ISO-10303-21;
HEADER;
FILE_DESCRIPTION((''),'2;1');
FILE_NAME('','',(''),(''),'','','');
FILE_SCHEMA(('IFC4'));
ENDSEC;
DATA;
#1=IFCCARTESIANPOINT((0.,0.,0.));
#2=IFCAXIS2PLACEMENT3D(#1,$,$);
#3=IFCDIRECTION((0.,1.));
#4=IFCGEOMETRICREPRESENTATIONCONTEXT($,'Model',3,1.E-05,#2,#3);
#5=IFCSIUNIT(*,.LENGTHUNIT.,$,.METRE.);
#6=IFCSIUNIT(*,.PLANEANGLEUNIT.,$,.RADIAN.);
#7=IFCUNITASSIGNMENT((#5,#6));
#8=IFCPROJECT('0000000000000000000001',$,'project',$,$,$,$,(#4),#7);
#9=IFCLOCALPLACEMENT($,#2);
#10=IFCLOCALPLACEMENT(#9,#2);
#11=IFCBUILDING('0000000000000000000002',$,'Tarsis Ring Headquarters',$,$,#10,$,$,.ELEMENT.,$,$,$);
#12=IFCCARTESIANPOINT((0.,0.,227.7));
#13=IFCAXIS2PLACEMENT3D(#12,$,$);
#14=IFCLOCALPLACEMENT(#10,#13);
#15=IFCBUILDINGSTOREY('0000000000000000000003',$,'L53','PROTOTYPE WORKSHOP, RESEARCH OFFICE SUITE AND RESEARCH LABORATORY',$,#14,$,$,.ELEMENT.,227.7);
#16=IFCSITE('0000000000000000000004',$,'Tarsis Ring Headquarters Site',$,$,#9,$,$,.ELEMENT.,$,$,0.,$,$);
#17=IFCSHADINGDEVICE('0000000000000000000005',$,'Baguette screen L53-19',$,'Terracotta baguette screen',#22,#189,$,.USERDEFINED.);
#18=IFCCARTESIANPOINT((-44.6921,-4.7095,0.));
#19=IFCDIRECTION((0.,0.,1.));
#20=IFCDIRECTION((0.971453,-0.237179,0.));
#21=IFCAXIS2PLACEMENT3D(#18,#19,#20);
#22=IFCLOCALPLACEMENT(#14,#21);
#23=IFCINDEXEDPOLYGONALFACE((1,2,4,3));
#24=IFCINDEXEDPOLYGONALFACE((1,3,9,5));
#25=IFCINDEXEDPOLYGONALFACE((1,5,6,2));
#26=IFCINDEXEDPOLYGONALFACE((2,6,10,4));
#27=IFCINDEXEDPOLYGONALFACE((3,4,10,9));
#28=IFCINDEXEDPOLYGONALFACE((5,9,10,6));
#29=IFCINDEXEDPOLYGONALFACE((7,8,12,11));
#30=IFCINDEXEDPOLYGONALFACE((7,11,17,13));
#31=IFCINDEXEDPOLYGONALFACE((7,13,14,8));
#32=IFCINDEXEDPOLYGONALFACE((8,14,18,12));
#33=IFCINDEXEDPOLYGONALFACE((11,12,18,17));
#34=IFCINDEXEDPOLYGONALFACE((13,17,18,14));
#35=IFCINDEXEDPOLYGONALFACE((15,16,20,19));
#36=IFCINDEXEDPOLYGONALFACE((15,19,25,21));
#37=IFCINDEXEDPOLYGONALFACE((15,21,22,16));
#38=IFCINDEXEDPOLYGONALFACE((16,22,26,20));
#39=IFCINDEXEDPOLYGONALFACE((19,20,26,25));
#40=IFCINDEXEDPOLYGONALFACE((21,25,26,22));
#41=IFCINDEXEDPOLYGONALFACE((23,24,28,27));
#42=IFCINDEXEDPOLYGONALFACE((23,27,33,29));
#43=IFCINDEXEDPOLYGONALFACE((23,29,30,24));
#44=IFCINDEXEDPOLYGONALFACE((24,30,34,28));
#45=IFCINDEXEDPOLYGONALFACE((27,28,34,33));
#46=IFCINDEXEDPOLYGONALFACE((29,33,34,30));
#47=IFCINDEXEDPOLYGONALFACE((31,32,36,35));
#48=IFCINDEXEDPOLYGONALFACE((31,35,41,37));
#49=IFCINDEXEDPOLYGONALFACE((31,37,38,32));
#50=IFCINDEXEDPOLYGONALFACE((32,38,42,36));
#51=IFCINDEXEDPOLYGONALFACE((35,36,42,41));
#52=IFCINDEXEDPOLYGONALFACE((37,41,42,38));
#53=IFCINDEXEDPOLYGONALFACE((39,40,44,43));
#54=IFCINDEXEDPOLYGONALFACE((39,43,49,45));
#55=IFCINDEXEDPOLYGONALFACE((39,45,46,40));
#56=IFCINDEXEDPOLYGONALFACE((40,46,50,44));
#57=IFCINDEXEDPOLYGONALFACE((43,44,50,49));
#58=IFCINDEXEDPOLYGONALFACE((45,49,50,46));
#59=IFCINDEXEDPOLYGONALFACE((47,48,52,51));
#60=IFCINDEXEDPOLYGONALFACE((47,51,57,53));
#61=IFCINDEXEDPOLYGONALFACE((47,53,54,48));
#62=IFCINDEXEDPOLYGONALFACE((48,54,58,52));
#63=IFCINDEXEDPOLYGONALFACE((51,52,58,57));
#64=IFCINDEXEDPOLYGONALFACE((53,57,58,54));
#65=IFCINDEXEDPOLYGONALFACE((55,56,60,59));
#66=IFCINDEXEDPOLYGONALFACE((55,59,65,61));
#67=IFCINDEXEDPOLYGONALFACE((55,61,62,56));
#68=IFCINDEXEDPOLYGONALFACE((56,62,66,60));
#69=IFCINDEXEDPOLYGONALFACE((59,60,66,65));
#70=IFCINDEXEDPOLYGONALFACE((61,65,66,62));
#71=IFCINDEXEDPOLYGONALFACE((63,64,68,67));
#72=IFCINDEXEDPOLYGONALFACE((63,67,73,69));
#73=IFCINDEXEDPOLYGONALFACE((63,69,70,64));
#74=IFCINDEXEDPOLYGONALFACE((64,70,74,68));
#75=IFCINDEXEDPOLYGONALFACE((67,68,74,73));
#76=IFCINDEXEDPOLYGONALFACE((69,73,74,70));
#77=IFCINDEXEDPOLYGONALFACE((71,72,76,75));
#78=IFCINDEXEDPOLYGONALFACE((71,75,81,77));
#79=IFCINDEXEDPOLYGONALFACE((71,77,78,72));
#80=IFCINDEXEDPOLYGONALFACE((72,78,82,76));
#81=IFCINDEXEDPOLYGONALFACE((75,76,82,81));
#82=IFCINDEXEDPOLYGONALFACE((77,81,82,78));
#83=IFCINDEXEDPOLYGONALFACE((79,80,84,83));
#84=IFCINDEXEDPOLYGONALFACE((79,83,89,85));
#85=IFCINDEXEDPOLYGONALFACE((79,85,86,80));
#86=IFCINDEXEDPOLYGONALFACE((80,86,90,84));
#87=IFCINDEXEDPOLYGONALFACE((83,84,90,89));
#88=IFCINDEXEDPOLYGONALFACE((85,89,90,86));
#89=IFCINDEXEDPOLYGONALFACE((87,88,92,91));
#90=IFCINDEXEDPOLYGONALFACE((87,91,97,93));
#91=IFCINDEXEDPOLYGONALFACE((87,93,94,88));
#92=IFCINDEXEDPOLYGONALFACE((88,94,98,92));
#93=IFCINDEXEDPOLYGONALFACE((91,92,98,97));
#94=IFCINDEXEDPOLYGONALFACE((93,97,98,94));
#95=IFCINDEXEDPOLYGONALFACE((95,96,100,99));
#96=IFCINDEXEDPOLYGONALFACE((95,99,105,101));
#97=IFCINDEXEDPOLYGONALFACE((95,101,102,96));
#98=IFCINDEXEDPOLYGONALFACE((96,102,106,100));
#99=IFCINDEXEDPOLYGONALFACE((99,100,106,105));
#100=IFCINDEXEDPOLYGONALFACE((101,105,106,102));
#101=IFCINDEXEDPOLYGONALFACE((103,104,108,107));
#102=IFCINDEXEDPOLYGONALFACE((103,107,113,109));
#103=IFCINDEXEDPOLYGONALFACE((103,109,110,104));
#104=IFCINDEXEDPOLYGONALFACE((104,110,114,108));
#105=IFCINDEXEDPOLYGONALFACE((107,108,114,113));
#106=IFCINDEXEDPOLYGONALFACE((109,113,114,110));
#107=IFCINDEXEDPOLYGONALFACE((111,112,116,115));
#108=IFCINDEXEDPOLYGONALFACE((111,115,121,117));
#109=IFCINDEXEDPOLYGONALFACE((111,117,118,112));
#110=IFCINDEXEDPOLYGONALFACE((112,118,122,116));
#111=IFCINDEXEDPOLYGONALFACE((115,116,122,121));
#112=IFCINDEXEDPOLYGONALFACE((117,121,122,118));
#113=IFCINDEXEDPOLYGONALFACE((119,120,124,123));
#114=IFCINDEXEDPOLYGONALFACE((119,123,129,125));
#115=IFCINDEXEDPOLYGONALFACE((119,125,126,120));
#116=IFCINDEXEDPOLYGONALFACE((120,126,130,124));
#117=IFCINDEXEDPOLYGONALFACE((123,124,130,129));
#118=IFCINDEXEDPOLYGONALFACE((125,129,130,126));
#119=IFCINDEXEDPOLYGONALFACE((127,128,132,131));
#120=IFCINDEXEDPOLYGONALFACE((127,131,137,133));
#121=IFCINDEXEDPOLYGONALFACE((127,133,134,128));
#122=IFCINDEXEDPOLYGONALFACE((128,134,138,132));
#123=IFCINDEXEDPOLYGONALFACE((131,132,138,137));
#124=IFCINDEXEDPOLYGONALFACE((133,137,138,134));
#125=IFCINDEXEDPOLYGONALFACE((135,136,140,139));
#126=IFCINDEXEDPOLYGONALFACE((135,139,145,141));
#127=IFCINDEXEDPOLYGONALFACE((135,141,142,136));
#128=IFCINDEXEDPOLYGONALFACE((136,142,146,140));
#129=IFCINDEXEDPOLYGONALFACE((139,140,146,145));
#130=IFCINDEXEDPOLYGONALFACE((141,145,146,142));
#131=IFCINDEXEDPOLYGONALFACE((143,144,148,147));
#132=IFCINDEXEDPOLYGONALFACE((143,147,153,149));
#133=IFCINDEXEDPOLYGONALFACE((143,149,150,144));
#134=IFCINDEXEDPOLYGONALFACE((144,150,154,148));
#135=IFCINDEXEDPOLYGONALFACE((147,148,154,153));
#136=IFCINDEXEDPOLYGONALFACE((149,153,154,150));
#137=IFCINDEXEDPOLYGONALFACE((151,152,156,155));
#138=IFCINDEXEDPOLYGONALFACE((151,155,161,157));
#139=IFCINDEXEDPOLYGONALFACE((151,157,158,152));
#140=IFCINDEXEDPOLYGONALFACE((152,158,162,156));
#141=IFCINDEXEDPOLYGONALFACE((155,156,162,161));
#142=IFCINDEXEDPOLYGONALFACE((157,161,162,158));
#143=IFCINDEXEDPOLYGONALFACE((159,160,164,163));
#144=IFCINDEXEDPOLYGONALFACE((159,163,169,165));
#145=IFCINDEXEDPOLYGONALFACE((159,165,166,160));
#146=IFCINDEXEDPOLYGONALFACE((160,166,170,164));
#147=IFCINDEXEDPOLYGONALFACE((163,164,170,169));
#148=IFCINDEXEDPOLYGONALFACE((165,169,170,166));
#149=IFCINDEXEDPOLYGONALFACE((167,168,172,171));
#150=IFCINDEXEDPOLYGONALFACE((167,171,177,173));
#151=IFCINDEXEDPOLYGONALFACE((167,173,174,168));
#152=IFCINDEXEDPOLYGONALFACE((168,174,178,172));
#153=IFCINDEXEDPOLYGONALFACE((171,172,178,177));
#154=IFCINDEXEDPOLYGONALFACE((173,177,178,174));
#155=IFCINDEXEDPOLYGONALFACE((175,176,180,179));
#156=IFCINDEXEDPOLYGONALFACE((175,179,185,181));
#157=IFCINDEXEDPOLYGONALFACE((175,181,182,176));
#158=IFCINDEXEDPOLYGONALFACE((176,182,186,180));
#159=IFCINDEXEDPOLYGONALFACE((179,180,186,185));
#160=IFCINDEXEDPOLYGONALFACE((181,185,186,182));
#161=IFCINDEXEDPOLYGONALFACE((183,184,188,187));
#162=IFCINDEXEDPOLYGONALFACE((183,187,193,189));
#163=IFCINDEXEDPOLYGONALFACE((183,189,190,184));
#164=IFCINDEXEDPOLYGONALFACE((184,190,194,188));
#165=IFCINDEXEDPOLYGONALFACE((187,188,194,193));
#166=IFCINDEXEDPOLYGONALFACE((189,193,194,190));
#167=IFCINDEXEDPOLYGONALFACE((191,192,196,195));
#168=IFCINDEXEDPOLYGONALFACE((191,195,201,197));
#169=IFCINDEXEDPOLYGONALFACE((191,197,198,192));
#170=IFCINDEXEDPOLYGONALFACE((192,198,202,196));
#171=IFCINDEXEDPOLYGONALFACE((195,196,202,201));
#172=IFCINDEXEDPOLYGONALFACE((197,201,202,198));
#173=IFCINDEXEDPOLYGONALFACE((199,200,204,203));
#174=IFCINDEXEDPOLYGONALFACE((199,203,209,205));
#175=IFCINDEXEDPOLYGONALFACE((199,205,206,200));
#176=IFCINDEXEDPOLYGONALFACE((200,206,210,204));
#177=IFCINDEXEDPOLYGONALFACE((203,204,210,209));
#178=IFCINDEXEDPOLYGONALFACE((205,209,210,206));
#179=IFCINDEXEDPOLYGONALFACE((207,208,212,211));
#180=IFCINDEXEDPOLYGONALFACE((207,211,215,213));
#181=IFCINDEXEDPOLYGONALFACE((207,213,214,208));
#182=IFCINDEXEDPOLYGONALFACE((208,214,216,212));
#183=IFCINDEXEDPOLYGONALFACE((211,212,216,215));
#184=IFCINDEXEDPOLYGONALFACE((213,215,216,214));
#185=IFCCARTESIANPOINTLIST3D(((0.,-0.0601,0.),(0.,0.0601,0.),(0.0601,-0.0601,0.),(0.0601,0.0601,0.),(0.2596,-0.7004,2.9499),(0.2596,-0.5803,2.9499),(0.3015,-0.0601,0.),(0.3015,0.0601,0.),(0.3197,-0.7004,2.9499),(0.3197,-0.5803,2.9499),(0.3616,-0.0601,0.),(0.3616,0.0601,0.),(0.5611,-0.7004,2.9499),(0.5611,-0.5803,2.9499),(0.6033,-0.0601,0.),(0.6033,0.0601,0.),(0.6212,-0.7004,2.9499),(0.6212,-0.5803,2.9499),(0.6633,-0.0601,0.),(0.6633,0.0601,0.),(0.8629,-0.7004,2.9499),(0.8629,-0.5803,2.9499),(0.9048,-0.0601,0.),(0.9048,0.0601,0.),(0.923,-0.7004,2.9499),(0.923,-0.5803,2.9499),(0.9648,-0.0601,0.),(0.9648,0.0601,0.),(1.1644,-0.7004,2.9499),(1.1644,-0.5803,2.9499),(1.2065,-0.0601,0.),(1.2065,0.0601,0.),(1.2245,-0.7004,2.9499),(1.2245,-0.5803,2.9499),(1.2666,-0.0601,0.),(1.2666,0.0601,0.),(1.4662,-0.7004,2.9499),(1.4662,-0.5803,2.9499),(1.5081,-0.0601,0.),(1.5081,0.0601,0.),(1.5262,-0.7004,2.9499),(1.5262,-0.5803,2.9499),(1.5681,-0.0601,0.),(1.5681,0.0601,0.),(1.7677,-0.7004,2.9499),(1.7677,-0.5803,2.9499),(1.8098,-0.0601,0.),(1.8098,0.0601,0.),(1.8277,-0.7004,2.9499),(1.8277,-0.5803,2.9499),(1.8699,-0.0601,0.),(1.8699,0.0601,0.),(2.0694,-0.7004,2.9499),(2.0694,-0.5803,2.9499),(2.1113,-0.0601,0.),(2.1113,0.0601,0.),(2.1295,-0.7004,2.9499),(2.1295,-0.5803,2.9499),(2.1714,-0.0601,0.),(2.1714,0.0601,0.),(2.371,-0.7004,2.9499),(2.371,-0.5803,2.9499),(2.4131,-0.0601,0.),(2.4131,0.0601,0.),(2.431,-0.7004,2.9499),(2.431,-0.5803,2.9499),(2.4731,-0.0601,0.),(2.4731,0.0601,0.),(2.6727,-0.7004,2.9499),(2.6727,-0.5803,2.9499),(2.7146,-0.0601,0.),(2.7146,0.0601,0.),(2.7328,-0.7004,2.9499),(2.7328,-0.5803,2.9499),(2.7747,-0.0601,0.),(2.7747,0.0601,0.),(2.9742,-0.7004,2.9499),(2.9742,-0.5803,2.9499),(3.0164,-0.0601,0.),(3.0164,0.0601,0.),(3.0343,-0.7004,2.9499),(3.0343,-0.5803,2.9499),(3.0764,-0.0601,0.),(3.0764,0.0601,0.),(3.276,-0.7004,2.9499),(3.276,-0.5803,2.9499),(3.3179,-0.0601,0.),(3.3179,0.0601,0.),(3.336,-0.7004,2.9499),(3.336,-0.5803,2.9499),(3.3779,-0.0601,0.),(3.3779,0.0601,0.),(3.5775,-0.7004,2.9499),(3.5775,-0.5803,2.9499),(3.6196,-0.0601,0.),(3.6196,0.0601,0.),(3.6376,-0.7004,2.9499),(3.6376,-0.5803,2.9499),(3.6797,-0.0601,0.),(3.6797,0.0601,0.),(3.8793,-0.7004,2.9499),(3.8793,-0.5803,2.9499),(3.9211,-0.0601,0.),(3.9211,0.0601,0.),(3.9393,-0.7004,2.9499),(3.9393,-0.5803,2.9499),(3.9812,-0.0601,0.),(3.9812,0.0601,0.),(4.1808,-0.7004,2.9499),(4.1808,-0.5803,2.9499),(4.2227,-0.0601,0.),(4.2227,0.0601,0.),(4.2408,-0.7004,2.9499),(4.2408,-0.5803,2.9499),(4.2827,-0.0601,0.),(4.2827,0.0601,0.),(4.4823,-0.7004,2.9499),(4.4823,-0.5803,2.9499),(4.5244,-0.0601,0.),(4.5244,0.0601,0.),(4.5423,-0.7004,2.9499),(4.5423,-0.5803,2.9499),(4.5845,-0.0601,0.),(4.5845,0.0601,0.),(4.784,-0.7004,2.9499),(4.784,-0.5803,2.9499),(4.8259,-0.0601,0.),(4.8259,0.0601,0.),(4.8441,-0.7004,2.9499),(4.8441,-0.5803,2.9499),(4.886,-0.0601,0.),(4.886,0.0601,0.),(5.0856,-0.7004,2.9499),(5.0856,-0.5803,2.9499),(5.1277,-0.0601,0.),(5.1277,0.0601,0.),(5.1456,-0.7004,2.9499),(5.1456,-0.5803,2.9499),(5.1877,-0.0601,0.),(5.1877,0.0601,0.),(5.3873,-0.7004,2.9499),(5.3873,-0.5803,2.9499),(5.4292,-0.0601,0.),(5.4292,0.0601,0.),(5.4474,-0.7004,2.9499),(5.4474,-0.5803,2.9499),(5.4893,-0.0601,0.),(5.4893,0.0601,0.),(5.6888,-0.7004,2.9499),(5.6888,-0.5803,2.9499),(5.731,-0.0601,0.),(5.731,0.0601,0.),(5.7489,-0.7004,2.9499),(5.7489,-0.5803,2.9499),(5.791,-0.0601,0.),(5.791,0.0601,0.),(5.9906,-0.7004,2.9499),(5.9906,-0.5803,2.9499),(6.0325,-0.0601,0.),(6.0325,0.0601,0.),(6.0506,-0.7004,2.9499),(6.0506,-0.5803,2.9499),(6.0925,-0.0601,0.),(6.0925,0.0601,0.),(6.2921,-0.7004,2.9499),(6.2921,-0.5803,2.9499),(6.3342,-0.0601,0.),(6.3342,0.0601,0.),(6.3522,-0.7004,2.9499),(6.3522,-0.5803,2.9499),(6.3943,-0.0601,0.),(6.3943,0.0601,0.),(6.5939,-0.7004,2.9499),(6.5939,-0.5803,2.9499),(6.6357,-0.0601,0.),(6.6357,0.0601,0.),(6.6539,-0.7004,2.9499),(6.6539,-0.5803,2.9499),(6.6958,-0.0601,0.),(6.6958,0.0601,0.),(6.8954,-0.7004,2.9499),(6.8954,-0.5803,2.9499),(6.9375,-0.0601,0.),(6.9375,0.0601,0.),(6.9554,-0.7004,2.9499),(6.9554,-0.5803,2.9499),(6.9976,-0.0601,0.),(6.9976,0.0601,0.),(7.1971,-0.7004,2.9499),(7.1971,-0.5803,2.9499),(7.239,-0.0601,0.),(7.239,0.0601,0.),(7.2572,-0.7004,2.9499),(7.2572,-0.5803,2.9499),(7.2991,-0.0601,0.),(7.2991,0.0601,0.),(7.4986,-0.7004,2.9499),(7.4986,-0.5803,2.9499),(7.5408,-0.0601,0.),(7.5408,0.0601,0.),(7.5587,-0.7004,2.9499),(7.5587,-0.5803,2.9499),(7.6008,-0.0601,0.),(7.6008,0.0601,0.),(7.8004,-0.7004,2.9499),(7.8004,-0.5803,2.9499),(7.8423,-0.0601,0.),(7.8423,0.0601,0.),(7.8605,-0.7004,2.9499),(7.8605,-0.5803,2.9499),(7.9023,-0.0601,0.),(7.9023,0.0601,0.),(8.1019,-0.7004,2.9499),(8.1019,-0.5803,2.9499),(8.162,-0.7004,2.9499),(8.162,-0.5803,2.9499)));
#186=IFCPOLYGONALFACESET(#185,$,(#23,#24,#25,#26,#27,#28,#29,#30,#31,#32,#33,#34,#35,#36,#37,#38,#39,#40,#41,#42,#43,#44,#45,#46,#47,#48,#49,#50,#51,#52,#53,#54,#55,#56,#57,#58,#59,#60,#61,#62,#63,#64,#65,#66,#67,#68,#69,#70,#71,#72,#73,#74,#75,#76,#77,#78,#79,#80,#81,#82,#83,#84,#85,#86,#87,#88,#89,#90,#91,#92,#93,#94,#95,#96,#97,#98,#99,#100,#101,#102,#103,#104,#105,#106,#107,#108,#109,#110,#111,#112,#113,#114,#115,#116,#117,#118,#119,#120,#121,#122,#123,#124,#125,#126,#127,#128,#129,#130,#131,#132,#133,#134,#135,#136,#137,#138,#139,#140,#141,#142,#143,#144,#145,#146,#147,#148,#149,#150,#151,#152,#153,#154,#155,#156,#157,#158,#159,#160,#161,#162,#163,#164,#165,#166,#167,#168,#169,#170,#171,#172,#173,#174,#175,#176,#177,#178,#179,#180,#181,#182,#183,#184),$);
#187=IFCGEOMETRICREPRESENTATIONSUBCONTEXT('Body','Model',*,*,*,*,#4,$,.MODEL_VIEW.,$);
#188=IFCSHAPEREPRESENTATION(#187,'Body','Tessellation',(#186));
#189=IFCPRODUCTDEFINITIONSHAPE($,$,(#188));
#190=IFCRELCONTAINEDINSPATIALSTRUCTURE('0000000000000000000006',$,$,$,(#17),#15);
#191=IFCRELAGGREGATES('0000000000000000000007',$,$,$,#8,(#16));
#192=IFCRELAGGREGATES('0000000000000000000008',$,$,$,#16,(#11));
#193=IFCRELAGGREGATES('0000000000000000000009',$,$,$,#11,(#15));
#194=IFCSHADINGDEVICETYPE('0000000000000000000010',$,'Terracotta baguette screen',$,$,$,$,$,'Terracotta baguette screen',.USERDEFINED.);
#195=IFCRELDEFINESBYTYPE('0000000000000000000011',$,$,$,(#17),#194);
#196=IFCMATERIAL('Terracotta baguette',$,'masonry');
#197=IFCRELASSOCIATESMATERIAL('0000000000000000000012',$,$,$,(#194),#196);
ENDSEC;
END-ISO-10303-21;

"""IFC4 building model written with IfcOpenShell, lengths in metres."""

from ifc_helpers import new_model, si_unit, direction, frame, frame_2d, origin, place, context, subcontext, project, spatial, rectangle, composite_profile, extrude, material, type_object, element, save


model = new_model("IFC4")

# Units and contexts
model_context = context("Model", 3, precision=1e-05, world=origin(), true_north=direction((0.0, 1.0)))
body_context = subcontext(model_context, "Body", "Model", "MODEL_VIEW")
ifc_project = project(units=[si_unit("LENGTHUNIT", "METRE"), si_unit("PLANEANGLEUNIT", "RADIAN")], contexts=[model_context])

# Site, building, storey
site_placement = place(None, origin())
site = spatial("IfcSite", under=ifc_project, at=site_placement, Name="Tarsis Ring Headquarters Site", CompositionType="ELEMENT", RefElevation=0.0)
building_placement = place(site_placement, origin())
building = spatial("IfcBuilding", under=site, at=building_placement, Name="Tarsis Ring Headquarters", CompositionType="ELEMENT")
storey_placement = place(building_placement, frame((0.0, 0.0, 227.7)))
storey = spatial("IfcBuildingStorey", under=building, at=storey_placement, Name="L53", Description="PROTOTYPE WORKSHOP, RESEARCH OFFICE SUITE AND RESEARCH LABORATORY", CompositionType="ELEMENT", Elevation=227.7)

# Shading device
ifc_material_1 = material(Name="Terracotta baguette", Category="masonry")
shading_device_type = type_object("IfcShadingDeviceType", Name="Terracotta baguette screen", ElementType="Terracotta baguette screen", PredefinedType="USERDEFINED", material=ifc_material_1)
shading_device_1_placement = place(storey_placement, frame((-44.6921, -4.7095, 0.0), z_axis=(0.0, 0.0, 1.0), x_axis=(0.971453, -0.237179, 0.0)))
element("IfcShadingDevice", 1, at=shading_device_1_placement, inside=storey, type_object=shading_device_type, Name="Baguette screen L53-19", ObjectType="Terracotta baguette screen", PredefinedType="USERDEFINED", context=body_context, shape_type="SweptSolid", body=[
    extrude(composite_profile([rectangle(XDim=0.0601, YDim=0.1201, at=frame_2d((0.03, 0.0))), rectangle(XDim=0.0601, YDim=0.1201, at=frame_2d((0.3315, 0.0))), rectangle(XDim=0.0601, YDim=0.1201, at=frame_2d((0.6333, 0.0))), rectangle(XDim=0.0601, YDim=0.1201, at=frame_2d((0.9348, 0.0))), rectangle(XDim=0.0601, YDim=0.1201, at=frame_2d((1.2366, 0.0))), rectangle(XDim=0.0601, YDim=0.1201, at=frame_2d((1.5381, 0.0))), rectangle(XDim=0.0601, YDim=0.1201, at=frame_2d((1.8398, 0.0))), rectangle(XDim=0.0601, YDim=0.1201, at=frame_2d((2.1414, 0.0))), rectangle(XDim=0.0601, YDim=0.1201, at=frame_2d((2.4431, 0.0))), rectangle(XDim=0.0601, YDim=0.1201, at=frame_2d((2.7446, 0.0))), rectangle(XDim=0.0601, YDim=0.1201, at=frame_2d((3.0464, 0.0))), rectangle(XDim=0.0601, YDim=0.1201, at=frame_2d((3.3479, 0.0))), rectangle(XDim=0.0601, YDim=0.1201, at=frame_2d((3.6497, 0.0))), rectangle(XDim=0.0601, YDim=0.1201, at=frame_2d((3.9512, 0.0))), rectangle(XDim=0.0601, YDim=0.1201, at=frame_2d((4.2527, 0.0))), rectangle(XDim=0.0601, YDim=0.1201, at=frame_2d((4.5544, 0.0))), rectangle(XDim=0.0601, YDim=0.1201, at=frame_2d((4.856, 0.0))), rectangle(XDim=0.0601, YDim=0.1201, at=frame_2d((5.1577, 0.0))), rectangle(XDim=0.0601, YDim=0.1201, at=frame_2d((5.4592, 0.0))), rectangle(XDim=0.0601, YDim=0.1201, at=frame_2d((5.761, 0.0))), rectangle(XDim=0.0601, YDim=0.1201, at=frame_2d((6.0625, 0.0))), rectangle(XDim=0.0601, YDim=0.1201, at=frame_2d((6.3643, 0.0))), rectangle(XDim=0.0601, YDim=0.1201, at=frame_2d((6.6658, 0.0))), rectangle(XDim=0.0601, YDim=0.1201, at=frame_2d((6.9675, 0.0))), rectangle(XDim=0.0601, YDim=0.1201, at=frame_2d((7.269, 0.0))), rectangle(XDim=0.0601, YDim=0.1201, at=frame_2d((7.5708, 0.0))), rectangle(XDim=0.0601, YDim=0.1201, at=frame_2d((7.8723, 0.0)))]), origin(), (0.085692, -0.211358, 0.973645), 3.0298),
])

save(model, "model.ifc")
